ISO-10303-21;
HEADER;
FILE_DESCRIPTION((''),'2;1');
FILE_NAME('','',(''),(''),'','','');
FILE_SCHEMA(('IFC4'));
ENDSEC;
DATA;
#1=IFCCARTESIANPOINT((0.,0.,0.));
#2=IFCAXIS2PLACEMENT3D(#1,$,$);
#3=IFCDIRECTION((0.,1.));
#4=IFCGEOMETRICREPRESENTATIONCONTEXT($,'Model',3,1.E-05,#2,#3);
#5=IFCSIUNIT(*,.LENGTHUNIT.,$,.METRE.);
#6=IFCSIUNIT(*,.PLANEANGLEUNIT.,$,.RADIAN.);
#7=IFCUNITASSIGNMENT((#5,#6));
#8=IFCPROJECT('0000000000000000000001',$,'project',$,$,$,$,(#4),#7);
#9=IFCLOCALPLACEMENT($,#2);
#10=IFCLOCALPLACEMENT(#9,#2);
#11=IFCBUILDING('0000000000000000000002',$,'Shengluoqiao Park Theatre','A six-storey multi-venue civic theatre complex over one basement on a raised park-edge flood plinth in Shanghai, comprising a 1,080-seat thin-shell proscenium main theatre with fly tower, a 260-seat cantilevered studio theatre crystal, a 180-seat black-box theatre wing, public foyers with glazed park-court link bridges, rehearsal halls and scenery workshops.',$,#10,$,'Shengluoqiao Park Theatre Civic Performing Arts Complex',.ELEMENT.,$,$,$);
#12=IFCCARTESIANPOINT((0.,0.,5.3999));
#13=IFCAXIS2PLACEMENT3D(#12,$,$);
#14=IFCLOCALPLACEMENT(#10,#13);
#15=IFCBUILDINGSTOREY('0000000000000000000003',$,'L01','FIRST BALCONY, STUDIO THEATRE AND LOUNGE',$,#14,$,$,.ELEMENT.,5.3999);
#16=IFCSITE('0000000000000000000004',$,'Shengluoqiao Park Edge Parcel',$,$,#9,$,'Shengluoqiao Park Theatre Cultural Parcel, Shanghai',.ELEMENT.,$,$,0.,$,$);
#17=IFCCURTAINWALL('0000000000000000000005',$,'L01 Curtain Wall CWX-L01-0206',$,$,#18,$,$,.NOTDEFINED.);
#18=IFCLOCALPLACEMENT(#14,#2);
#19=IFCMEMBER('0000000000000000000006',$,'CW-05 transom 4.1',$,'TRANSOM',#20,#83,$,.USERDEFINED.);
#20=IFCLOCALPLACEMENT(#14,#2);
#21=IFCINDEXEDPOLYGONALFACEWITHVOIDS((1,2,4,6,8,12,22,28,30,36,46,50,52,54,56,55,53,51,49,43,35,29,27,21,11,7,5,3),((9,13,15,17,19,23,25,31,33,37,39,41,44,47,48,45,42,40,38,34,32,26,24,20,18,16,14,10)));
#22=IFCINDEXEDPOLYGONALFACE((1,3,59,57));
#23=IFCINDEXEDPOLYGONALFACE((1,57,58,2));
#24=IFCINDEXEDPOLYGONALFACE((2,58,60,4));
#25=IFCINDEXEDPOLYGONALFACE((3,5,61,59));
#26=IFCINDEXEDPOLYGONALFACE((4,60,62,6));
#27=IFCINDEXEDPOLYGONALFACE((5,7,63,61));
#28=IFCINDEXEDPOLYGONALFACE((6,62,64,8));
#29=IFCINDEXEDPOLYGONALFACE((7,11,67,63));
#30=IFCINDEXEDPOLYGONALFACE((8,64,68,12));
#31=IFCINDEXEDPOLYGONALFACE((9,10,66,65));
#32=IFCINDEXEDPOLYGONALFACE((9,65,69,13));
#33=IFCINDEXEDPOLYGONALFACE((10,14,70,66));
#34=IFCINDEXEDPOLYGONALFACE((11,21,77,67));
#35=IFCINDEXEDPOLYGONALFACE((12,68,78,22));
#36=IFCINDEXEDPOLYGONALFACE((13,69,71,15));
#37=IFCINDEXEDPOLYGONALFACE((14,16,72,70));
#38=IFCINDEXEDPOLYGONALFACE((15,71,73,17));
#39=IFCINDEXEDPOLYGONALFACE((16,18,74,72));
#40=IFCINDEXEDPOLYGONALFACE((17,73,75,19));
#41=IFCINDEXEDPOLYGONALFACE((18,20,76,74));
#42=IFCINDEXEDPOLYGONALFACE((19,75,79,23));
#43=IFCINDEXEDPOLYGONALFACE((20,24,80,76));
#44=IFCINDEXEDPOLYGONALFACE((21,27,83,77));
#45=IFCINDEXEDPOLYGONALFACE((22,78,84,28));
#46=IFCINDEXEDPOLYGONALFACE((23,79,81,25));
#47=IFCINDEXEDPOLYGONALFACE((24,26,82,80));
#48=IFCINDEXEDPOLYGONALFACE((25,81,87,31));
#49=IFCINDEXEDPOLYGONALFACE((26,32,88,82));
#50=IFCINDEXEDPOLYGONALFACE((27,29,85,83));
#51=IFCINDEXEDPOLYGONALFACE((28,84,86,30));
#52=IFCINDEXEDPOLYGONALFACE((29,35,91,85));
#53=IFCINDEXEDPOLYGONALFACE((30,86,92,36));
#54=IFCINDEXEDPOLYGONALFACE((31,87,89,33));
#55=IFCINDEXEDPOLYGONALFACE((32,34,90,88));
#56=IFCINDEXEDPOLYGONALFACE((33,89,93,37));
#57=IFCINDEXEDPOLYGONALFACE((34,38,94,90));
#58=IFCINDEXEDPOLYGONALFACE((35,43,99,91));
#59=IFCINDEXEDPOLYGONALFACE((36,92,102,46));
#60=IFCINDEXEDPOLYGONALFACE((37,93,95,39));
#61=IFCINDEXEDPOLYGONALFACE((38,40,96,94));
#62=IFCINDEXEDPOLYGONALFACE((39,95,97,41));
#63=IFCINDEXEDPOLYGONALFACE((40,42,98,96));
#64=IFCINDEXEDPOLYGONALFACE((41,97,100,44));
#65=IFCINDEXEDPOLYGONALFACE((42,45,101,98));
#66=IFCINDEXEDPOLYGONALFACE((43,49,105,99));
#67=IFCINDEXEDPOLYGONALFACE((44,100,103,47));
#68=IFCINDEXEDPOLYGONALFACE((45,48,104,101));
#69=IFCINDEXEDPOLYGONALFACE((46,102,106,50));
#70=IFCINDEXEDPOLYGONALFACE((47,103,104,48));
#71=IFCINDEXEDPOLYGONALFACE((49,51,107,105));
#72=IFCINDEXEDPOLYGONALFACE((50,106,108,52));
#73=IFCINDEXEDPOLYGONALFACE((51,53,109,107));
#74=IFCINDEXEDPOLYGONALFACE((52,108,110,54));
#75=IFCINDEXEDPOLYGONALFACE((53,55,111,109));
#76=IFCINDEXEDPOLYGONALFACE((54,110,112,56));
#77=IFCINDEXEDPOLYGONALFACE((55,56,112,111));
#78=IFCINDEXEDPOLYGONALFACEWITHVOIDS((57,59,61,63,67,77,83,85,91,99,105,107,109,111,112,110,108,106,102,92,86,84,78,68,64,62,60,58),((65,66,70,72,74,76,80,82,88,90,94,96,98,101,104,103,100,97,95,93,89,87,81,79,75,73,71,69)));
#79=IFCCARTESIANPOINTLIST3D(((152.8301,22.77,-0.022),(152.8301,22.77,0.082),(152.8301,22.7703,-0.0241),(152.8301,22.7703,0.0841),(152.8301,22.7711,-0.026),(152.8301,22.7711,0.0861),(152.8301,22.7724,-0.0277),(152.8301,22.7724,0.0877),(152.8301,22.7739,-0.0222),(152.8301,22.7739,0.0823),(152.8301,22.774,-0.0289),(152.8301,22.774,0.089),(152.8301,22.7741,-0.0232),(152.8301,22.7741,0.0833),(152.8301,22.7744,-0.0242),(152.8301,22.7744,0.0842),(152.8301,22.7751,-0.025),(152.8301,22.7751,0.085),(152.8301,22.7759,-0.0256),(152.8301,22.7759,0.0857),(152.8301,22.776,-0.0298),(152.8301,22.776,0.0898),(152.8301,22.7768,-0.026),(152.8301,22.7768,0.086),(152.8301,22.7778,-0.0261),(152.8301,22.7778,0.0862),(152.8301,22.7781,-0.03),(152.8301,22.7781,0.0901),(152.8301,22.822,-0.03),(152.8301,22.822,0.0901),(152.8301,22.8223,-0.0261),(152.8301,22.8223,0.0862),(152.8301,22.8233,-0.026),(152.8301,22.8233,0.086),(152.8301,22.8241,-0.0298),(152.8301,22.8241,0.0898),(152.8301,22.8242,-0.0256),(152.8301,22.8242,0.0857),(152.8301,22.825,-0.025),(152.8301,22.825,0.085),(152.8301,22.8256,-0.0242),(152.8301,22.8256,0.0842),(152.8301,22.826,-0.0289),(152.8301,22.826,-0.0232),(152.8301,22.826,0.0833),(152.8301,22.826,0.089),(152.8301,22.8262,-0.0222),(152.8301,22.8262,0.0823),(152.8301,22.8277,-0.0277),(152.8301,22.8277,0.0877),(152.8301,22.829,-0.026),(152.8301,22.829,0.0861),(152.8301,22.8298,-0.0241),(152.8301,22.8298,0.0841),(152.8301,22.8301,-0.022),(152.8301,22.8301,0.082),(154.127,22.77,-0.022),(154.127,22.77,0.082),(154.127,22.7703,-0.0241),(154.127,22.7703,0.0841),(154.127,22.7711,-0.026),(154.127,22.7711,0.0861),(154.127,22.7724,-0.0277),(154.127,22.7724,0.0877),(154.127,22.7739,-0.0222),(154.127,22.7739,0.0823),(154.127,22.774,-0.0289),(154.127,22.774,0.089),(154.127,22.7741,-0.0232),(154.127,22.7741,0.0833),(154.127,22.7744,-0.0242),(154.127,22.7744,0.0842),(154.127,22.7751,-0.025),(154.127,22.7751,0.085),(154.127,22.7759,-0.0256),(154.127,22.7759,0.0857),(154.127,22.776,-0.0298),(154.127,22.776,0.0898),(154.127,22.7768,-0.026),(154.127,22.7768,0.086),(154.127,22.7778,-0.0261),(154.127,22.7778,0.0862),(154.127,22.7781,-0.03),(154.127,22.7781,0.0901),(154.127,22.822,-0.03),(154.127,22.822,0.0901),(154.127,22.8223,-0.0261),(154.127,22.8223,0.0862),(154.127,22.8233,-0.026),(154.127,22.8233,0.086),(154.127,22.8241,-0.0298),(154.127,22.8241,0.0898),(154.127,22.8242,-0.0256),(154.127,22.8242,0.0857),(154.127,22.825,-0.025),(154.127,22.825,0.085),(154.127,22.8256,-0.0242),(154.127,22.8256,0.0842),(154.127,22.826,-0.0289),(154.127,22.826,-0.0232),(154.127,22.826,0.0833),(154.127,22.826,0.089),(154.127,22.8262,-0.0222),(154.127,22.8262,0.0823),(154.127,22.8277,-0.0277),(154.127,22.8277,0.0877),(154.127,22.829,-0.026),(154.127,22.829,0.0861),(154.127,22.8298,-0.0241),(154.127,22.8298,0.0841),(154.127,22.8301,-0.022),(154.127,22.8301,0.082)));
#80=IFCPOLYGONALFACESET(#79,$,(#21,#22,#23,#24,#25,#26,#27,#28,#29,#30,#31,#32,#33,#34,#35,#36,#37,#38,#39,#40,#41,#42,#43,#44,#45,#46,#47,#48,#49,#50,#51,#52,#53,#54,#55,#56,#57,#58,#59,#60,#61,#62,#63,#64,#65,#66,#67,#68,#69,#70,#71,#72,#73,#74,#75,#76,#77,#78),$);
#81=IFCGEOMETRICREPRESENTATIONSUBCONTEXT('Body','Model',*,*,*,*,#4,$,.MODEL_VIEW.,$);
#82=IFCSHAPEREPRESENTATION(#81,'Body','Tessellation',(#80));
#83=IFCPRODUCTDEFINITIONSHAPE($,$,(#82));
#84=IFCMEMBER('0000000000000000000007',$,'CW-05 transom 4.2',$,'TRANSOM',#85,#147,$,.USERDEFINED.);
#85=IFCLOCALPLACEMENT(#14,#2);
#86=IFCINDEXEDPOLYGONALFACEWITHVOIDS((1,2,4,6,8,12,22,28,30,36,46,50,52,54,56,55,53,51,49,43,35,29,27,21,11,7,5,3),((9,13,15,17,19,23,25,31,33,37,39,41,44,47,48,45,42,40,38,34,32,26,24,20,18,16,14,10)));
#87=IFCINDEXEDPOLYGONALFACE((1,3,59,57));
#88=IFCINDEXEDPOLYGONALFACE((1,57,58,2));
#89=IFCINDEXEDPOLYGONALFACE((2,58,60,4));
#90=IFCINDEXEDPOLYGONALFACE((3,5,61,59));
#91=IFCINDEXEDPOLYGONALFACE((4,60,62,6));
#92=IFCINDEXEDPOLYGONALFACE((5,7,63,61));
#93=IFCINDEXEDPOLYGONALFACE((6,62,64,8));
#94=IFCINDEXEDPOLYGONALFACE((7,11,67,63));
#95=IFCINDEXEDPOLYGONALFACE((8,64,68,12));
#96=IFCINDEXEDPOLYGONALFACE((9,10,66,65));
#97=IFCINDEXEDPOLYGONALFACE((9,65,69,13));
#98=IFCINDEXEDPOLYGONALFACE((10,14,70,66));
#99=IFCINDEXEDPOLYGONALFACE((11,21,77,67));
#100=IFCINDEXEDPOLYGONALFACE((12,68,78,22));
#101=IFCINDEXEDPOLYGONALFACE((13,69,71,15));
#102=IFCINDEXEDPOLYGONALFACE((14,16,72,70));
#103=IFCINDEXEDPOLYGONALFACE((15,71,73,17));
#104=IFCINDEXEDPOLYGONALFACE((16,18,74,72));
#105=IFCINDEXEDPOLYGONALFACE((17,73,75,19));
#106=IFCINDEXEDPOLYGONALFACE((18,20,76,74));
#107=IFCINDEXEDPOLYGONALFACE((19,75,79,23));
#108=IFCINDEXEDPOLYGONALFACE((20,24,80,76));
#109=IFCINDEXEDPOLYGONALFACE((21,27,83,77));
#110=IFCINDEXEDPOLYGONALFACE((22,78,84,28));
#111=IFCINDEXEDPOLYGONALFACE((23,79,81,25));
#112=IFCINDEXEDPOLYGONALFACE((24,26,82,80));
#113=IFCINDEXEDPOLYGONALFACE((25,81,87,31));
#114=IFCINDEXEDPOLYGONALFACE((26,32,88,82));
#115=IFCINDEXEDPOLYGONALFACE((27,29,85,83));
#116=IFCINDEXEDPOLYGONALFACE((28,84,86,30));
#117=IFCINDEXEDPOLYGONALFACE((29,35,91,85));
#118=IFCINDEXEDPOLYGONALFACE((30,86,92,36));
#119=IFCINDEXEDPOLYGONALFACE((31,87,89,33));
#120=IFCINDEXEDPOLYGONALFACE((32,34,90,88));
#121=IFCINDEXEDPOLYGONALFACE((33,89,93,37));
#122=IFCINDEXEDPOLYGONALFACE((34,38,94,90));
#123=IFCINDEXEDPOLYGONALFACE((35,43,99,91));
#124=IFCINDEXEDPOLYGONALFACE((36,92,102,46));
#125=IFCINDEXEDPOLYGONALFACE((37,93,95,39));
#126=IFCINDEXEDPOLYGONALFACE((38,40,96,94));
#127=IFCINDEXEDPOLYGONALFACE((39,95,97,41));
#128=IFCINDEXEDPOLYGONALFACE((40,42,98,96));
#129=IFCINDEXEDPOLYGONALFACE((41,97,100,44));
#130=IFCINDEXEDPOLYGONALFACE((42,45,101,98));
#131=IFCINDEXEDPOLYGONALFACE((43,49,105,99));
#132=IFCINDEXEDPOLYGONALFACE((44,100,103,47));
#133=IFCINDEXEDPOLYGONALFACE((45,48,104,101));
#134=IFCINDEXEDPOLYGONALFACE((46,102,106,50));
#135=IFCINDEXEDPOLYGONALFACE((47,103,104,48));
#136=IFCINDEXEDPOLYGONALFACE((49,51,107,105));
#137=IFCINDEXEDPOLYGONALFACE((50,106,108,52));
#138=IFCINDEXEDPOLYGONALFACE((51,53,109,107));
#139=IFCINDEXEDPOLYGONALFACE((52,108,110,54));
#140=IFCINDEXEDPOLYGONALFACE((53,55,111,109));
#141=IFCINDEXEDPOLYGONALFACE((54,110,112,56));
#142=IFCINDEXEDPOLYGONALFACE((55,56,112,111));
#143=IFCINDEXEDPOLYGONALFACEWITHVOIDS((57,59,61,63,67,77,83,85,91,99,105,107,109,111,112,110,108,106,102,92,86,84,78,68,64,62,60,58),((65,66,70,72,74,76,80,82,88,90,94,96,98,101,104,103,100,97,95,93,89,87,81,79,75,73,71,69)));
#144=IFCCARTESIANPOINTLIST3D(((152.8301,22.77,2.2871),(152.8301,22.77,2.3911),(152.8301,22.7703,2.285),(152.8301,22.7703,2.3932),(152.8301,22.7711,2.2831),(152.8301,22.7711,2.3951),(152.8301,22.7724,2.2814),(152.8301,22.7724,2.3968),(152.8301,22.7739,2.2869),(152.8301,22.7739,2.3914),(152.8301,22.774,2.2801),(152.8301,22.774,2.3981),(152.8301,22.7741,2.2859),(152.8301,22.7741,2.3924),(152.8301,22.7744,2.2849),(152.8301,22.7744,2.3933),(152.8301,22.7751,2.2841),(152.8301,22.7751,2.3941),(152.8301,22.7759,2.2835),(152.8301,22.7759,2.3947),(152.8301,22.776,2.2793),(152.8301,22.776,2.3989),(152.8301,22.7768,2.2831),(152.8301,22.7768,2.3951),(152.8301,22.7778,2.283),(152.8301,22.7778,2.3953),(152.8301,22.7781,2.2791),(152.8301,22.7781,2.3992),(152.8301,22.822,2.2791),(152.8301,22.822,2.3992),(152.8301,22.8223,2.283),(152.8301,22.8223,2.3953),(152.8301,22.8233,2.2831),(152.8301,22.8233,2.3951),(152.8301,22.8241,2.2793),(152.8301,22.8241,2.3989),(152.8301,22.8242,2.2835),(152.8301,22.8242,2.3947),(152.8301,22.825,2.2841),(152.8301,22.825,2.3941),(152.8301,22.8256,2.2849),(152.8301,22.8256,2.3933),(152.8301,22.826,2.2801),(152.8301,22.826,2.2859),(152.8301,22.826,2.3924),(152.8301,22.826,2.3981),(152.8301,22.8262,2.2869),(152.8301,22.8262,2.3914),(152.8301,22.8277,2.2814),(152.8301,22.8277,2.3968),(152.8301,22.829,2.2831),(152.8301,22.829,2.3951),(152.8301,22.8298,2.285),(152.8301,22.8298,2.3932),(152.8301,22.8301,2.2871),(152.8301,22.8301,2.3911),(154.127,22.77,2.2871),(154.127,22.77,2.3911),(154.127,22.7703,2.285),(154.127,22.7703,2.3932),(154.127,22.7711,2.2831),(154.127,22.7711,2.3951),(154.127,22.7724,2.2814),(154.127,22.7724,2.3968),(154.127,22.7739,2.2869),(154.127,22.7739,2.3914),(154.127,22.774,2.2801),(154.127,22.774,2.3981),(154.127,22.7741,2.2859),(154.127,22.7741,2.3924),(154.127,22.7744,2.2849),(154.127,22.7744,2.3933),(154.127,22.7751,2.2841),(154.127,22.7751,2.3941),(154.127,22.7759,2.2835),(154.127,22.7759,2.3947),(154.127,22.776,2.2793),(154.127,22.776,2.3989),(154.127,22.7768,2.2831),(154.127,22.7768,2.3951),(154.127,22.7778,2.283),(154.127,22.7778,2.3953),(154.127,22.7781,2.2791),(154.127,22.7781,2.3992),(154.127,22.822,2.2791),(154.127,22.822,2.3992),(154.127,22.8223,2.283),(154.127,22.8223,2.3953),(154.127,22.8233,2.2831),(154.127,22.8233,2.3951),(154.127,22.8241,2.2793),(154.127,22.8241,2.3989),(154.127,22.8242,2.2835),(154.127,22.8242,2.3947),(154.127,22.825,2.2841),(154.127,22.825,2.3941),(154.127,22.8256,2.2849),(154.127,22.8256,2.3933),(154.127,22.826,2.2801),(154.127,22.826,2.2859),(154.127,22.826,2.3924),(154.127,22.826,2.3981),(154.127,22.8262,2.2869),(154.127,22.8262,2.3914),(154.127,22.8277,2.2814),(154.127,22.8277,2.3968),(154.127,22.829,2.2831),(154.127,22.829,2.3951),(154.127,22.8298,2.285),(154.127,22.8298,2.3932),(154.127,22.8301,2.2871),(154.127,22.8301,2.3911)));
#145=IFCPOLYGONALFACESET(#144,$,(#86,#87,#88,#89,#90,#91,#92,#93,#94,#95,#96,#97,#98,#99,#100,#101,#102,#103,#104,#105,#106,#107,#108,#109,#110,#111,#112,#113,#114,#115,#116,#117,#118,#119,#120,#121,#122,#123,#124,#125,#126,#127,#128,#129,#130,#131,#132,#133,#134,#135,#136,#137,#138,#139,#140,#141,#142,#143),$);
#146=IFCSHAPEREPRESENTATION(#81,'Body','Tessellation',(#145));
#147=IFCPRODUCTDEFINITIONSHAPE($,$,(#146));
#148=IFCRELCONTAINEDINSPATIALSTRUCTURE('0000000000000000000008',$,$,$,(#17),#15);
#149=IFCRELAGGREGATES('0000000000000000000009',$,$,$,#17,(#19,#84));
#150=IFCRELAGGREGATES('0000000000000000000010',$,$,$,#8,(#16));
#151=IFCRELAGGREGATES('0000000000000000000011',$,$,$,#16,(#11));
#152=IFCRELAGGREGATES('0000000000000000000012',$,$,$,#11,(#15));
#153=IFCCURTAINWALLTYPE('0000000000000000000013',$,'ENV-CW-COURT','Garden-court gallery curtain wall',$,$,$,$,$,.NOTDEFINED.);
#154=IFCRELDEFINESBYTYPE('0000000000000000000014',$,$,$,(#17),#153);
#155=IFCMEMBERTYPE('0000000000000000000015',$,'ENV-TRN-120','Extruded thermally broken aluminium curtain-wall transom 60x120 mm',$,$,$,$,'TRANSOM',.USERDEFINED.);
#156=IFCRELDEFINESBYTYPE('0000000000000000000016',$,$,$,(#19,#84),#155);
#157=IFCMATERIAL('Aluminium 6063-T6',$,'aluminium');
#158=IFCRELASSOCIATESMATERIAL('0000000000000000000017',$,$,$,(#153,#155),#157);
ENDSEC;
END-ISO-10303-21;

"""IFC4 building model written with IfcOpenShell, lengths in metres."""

from ifc_helpers import new_model, si_unit, direction, frame, origin, origin_2d, place, context, subcontext, project, spatial, hollow_rectangle, extrude, material, material_profile, profile_set, type_object, element, aggregate, save


model = new_model("IFC4")

# Units and contexts
model_context = context("Model", 3, precision=1e-05, world=origin(), true_north=direction((0.0, 1.0)))
body_context = subcontext(model_context, "Body", "Model", "MODEL_VIEW")
ifc_project = project(units=[si_unit("LENGTHUNIT", "METRE"), si_unit("PLANEANGLEUNIT", "RADIAN")], contexts=[model_context])

# Site, building, storey
site_placement = place(None, origin())
site = spatial("IfcSite", under=ifc_project, at=site_placement, Name="Shengluoqiao Park Edge Parcel", LongName="Shengluoqiao Park Theatre Cultural Parcel, Shanghai", CompositionType="ELEMENT", RefElevation=0.0)
building_placement = place(site_placement, origin())
building = spatial("IfcBuilding", under=site, at=building_placement, Name="Shengluoqiao Park Theatre", Description="A six-storey multi-venue civic theatre complex over one basement on a raised park-edge flood plinth in Shanghai, comprising a 1,080-seat thin-shell proscenium main theatre with fly tower, a 260-seat cantilevered studio theatre crystal, a 180-seat black-box theatre wing, public foyers with glazed park-court link bridges, rehearsal halls and scenery workshops.", LongName="Shengluoqiao Park Theatre Civic Performing Arts Complex", CompositionType="ELEMENT")
storey_placement = place(building_placement, frame((0.0, 0.0, 5.3999)))
storey = spatial("IfcBuildingStorey", under=building, at=storey_placement, Name="L01", Description="FIRST BALCONY, STUDIO THEATRE AND LOUNGE", CompositionType="ELEMENT", Elevation=5.3999)

# Curtain wall, members
ifc_material_1 = material(Name="Aluminium 6063-T6", Category="aluminium")
curtain_wall_type = type_object("IfcCurtainWallType", Name="ENV-CW-COURT", Description="Garden-court gallery curtain wall", PredefinedType="NOTDEFINED", material=ifc_material_1)
curtain_wall_placement = place(storey_placement, origin())
curtain_wall = element("IfcCurtainWall", 1, at=curtain_wall_placement, inside=storey, type_object=curtain_wall_type, Name="L01 Curtain Wall CWX-L01-0206", PredefinedType="NOTDEFINED")
ifc_material_profile_1 = material_profile(ifc_material_1, hollow_rectangle(XDim=0.0601, YDim=0.1201, WallThickness=0.0039, InnerFilletRadius=0.0039, OuterFilletRadius=0.0081, at=origin_2d()), Name="ALU TRANSOM 120x60x4")
ifc_profile_set_1 = profile_set([ifc_material_profile_1], Name="Aluminium 6063-T6")
member_type_1 = type_object("IfcMemberType", Name="ENV-TRN-120", Description="Extruded thermally broken aluminium curtain-wall transom 60x120 mm", ElementType="TRANSOM", PredefinedType="USERDEFINED", material=ifc_profile_set_1)
member_1_placement = place(storey_placement, frame((152.8301, 22.8, 0.03), z_axis=(1.0, 0.0, 0.0), x_axis=(0.0, 1.0, 0.0)))
member_1 = element("IfcMember", 2, at=member_1_placement, type_object=member_type_1, Name="CW-05 transom 4.1", ObjectType="TRANSOM", PredefinedType="USERDEFINED", context=body_context, shape_type="SweptSolid", body=[
    extrude(hollow_rectangle(XDim=0.0601, YDim=0.1201, WallThickness=0.0039, InnerFilletRadius=0.0039, OuterFilletRadius=0.0081, at=origin_2d()), origin(), (0.0, 0.0, 1.0), 1.2969),
])
member_2_placement = place(storey_placement, frame((152.8301, 22.8, 2.3391), z_axis=(1.0, 0.0, 0.0), x_axis=(0.0, 1.0, 0.0)))
member_2 = element("IfcMember", 3, at=member_2_placement, type_object=member_type_1, Name="CW-05 transom 4.2", ObjectType="TRANSOM", PredefinedType="USERDEFINED", context=body_context, shape_type="SweptSolid", body=[
    extrude(hollow_rectangle(XDim=0.0601, YDim=0.1201, WallThickness=0.0039, InnerFilletRadius=0.0039, OuterFilletRadius=0.0081, at=origin_2d()), origin(), (0.0, 0.0, 1.0), 1.2969),
])

aggregate(curtain_wall, [member_1, member_2])

save(model, "model.ifc")
